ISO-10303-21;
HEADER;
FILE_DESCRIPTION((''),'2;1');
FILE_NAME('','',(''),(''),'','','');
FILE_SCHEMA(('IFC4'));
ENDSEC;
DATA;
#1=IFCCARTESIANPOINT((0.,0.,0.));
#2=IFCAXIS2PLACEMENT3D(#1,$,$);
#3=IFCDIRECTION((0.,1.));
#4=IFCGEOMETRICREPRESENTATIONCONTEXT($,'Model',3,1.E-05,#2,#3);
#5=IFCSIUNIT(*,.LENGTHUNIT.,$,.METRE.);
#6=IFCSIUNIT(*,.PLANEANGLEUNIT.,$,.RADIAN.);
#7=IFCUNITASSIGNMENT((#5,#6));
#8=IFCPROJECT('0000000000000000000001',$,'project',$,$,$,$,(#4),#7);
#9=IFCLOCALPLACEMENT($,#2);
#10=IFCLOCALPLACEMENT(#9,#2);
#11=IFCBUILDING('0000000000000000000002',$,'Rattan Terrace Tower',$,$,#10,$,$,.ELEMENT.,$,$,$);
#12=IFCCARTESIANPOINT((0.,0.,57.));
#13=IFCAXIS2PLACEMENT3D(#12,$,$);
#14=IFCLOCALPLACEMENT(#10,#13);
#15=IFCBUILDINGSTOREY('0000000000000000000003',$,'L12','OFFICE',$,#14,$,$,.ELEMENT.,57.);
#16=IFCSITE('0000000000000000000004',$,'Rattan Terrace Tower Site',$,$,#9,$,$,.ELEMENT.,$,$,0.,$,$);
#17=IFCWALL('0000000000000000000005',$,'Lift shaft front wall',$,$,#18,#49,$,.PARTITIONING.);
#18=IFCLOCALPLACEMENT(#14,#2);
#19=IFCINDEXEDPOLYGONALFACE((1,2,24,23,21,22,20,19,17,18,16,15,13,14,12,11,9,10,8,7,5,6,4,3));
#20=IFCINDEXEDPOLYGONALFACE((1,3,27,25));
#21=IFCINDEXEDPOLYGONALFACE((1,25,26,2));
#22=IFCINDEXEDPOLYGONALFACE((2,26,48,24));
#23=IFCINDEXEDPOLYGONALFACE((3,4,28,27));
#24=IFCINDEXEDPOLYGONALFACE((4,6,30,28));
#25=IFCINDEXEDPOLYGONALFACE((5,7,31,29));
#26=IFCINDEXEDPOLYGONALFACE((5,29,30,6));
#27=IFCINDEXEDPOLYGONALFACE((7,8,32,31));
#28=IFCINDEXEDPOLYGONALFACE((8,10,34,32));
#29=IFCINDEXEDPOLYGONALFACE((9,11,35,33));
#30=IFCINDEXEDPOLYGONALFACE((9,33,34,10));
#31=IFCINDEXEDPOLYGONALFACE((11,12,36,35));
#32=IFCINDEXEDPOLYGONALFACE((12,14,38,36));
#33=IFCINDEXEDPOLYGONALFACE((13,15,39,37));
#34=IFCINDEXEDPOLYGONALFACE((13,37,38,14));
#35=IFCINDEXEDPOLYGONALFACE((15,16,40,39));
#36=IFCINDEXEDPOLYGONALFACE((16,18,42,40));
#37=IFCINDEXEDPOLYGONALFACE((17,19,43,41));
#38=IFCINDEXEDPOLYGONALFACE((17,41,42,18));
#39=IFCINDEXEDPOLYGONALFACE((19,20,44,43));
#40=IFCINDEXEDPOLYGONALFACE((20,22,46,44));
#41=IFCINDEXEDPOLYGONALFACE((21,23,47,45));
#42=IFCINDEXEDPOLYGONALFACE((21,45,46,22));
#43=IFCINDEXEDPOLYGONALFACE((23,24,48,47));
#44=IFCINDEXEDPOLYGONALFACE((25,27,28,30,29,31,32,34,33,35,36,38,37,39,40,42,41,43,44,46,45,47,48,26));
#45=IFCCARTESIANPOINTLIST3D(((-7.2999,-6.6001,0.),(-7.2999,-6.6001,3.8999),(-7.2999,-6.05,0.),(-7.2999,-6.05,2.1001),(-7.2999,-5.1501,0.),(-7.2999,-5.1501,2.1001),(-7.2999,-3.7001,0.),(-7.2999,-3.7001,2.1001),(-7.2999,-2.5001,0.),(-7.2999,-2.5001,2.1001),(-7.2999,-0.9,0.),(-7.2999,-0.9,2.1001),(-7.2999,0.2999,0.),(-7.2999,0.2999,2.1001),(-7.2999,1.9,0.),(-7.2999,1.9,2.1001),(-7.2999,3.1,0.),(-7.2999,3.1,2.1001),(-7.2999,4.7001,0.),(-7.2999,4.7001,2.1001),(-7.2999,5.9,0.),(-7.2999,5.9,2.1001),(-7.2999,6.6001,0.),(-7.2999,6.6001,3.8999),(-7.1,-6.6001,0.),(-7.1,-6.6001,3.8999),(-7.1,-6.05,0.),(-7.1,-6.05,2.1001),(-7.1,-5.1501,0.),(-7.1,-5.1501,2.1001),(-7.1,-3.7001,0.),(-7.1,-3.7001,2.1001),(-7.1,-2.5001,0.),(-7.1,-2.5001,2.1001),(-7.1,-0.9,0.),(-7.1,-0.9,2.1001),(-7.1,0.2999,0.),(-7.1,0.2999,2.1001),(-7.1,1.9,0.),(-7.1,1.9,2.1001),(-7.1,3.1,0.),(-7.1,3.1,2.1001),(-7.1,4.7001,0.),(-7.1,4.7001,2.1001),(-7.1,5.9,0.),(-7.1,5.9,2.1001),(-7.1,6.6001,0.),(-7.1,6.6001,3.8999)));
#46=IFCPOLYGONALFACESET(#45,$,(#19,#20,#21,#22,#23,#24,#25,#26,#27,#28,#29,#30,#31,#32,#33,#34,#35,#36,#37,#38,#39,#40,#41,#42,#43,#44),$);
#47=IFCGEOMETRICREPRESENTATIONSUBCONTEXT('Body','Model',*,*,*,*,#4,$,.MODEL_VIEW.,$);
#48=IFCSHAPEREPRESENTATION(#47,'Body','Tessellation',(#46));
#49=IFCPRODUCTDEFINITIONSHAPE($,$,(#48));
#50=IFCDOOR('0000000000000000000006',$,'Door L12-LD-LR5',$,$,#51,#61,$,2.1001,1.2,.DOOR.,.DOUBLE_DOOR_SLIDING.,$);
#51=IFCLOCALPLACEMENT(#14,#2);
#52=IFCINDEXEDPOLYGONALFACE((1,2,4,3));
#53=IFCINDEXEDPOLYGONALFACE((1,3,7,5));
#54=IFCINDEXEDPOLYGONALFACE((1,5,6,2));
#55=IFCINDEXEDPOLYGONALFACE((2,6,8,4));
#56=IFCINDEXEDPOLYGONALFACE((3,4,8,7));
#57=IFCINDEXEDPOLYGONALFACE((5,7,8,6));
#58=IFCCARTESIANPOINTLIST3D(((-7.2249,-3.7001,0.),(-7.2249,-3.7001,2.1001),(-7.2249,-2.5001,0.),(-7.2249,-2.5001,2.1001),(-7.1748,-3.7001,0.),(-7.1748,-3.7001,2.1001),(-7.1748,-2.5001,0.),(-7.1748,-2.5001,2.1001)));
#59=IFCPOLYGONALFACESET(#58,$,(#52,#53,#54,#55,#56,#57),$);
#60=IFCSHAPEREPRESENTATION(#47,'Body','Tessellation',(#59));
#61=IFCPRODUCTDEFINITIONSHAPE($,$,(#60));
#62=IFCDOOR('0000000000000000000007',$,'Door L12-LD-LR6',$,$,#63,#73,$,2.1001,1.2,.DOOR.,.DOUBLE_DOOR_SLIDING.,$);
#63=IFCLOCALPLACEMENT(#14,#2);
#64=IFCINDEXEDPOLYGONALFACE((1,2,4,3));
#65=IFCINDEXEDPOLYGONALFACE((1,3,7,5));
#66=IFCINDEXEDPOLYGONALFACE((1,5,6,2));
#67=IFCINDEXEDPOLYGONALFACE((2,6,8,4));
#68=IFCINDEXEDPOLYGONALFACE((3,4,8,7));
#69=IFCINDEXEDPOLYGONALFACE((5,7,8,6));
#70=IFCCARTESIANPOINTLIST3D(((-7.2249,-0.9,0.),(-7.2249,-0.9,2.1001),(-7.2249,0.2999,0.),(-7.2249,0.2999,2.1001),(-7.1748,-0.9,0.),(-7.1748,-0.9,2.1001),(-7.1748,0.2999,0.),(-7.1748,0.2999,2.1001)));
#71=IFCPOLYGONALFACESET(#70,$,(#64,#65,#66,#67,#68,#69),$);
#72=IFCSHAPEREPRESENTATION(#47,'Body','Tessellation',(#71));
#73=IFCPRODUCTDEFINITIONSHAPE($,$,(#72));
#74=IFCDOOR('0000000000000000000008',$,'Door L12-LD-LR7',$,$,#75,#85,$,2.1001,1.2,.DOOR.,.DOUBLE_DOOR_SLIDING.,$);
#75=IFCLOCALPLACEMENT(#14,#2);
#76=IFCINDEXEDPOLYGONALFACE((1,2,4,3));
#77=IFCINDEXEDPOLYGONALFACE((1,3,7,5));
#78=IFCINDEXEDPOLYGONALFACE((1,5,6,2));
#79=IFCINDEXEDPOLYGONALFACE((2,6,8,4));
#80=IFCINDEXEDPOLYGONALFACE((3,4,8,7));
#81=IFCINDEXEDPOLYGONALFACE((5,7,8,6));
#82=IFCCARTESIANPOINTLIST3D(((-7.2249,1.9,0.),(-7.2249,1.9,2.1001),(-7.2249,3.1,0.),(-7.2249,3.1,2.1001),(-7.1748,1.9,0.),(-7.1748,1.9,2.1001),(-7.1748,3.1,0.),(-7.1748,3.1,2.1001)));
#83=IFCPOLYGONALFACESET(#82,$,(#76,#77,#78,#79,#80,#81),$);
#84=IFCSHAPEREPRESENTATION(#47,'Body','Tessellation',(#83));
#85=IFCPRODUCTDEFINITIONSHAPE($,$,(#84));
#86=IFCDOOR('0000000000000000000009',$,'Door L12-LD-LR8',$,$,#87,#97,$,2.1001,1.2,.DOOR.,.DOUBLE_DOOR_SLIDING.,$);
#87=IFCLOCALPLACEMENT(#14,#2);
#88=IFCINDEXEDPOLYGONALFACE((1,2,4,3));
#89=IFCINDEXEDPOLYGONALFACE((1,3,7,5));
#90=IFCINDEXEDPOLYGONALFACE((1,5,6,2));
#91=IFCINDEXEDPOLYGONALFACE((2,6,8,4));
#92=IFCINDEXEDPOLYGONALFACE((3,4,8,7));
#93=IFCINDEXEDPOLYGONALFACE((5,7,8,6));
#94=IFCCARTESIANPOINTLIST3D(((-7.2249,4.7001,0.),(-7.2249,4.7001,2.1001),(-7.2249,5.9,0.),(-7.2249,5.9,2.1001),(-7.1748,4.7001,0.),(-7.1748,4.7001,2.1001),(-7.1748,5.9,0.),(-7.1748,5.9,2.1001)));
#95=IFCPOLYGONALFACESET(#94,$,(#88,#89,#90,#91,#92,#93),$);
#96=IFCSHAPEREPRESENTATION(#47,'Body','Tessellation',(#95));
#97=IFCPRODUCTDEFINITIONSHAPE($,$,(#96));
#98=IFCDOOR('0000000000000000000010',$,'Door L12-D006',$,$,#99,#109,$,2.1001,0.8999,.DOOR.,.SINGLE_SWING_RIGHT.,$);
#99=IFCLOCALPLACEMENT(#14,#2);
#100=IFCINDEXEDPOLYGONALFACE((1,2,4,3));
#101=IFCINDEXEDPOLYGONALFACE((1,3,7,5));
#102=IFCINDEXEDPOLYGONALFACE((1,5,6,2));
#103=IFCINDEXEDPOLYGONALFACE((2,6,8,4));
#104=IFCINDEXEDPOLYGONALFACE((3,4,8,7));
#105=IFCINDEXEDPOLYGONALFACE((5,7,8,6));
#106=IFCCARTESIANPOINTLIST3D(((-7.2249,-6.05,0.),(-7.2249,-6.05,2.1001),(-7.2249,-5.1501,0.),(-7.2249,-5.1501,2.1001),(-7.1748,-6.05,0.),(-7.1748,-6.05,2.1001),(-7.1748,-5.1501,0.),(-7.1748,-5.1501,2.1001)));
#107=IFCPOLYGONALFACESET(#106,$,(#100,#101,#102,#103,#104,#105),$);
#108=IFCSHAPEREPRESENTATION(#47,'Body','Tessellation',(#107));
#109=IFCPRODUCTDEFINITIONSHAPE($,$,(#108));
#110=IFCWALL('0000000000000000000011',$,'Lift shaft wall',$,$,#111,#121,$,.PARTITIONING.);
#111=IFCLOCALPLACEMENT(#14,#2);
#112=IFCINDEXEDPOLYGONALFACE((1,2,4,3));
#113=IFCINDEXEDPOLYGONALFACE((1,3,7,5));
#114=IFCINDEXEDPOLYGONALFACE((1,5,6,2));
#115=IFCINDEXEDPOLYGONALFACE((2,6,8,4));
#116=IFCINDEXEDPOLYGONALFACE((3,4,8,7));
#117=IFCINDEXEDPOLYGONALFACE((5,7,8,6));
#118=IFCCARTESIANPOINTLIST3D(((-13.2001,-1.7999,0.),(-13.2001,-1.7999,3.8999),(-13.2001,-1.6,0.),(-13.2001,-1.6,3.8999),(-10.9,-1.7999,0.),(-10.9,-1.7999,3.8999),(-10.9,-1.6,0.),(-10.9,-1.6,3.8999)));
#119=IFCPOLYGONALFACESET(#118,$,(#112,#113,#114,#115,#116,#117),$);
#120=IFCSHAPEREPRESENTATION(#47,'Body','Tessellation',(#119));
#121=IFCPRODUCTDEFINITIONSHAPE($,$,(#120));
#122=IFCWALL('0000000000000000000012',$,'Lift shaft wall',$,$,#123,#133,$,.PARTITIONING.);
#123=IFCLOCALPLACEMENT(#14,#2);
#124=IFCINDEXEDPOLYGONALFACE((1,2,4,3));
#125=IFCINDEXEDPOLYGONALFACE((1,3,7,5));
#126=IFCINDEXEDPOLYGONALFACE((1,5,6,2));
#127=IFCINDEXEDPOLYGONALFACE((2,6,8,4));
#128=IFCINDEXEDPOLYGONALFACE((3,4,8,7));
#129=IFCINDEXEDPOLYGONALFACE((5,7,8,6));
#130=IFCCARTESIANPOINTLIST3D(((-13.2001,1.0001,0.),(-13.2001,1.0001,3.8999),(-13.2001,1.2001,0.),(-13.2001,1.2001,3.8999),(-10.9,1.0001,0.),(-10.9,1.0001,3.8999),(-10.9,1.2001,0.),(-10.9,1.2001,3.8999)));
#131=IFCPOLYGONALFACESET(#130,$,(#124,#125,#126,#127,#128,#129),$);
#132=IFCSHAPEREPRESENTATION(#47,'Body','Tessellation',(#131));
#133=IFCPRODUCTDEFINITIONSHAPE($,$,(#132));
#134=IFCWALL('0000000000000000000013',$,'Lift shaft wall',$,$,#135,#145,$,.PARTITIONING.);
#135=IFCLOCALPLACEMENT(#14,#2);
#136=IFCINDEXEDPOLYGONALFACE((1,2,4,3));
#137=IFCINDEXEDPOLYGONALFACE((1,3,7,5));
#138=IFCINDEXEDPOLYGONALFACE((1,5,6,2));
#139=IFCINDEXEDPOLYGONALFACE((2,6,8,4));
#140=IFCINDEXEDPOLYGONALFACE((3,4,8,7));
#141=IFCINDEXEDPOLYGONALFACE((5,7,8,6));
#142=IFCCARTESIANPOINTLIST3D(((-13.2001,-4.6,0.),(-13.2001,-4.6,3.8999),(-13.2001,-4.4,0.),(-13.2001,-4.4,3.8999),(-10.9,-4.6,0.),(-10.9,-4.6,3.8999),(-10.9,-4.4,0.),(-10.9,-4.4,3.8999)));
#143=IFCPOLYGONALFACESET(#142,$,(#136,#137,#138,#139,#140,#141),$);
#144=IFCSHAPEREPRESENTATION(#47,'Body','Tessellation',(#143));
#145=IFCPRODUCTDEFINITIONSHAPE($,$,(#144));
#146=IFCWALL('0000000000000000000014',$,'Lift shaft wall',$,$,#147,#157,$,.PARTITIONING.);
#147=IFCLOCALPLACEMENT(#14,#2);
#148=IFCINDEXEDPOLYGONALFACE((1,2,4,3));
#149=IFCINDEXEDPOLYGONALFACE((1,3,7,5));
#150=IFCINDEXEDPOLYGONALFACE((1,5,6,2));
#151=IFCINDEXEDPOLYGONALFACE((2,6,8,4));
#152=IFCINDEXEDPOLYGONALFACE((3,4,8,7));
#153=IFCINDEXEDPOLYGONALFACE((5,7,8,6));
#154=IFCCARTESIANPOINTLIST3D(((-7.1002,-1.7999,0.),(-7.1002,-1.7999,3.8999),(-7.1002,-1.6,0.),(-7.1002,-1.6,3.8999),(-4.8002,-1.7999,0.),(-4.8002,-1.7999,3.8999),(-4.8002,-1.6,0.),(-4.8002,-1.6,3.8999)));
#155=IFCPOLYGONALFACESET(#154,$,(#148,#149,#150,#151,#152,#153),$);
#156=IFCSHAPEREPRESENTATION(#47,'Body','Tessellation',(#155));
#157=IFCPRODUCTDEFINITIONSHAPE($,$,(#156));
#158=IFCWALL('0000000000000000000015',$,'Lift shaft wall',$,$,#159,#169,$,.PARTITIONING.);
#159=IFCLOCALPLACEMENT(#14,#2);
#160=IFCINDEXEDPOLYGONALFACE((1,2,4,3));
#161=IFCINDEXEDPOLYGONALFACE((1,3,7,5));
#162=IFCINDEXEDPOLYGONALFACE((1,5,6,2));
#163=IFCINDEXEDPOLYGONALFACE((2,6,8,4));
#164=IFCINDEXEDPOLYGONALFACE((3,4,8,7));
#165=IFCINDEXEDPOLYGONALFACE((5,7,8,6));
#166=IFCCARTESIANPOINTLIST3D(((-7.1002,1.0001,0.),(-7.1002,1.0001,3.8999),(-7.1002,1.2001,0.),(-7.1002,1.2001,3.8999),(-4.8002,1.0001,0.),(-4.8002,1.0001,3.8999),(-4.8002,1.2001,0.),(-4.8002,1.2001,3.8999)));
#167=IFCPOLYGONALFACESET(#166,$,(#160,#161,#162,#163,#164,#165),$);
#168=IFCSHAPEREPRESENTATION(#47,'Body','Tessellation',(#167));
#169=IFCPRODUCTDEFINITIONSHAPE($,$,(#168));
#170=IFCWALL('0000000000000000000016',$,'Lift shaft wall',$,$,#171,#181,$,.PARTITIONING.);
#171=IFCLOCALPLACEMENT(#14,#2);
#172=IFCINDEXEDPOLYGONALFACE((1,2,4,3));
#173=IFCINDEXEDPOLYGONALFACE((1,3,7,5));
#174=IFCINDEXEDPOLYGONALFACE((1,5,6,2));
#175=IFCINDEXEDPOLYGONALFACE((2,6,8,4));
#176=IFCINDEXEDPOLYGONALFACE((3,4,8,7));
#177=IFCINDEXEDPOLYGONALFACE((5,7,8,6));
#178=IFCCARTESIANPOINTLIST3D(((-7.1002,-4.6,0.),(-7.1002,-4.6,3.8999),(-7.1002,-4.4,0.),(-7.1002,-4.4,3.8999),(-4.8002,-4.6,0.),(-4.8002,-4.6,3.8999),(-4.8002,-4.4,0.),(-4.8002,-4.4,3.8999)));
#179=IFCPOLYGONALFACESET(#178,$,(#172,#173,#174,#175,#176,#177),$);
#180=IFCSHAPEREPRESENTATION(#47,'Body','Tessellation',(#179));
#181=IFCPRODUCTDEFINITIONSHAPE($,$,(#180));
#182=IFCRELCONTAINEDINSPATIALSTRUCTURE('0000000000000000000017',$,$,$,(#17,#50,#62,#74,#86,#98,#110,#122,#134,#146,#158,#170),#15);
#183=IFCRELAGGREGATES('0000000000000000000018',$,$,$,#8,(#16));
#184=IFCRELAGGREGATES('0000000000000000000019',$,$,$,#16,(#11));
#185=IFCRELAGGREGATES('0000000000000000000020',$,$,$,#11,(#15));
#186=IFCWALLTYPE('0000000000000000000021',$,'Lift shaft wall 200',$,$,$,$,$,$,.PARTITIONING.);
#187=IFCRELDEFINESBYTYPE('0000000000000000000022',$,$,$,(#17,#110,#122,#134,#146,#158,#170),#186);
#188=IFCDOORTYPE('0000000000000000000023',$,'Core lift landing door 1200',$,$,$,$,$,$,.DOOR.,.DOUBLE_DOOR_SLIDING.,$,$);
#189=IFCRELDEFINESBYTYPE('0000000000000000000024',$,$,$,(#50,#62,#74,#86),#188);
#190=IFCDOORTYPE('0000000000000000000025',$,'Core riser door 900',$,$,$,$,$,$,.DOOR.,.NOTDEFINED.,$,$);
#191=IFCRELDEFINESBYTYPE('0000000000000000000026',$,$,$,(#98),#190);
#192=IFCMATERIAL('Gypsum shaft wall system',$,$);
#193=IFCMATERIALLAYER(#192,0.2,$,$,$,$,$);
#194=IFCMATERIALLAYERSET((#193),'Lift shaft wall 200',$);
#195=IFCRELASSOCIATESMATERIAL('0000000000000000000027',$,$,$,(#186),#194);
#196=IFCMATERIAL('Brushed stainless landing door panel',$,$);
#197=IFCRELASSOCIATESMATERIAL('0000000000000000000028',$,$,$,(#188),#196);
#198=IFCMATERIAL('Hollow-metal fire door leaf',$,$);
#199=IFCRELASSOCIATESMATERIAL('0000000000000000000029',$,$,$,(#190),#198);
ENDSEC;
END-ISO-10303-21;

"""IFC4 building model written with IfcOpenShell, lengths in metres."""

from ifc_helpers import new_model, si_unit, direction, frame, frame_2d, origin, place, context, subcontext, project, spatial, rectangle, extrude, material, layer, layer_set, type_object, element, fill, save


model = new_model("IFC4")

# Units and contexts
model_context = context("Model", 3, precision=1e-05, world=origin(), true_north=direction((0.0, 1.0)))
body_context = subcontext(model_context, "Body", "Model", "MODEL_VIEW")
ifc_project = project(units=[si_unit("LENGTHUNIT", "METRE"), si_unit("PLANEANGLEUNIT", "RADIAN")], contexts=[model_context])

# Site, building, storey
site_placement = place(None, origin())
site = spatial("IfcSite", under=ifc_project, at=site_placement, Name="Rattan Terrace Tower Site", CompositionType="ELEMENT", RefElevation=0.0)
building_placement = place(site_placement, origin())
building = spatial("IfcBuilding", under=site, at=building_placement, Name="Rattan Terrace Tower", CompositionType="ELEMENT")
storey_placement = place(building_placement, frame((0.0, 0.0, 57.0)))
storey = spatial("IfcBuildingStorey", under=building, at=storey_placement, Name="L12", Description="OFFICE", CompositionType="ELEMENT", Elevation=57.0)

# Wall, openings, doors
ifc_material_1 = material(Name="Gypsum shaft wall system")
ifc_layer = layer(ifc_material_1, 0.2)
ifc_layer_set = layer_set([ifc_layer], Name="Lift shaft wall 200")
wall_type = type_object("IfcWallType", Name="Lift shaft wall 200", PredefinedType="PARTITIONING", material=ifc_layer_set)
ifc_material_2 = material(Name="Brushed stainless landing door panel")
door_type_1 = type_object("IfcDoorType", Name="Core lift landing door 1200", OperationType="DOUBLE_DOOR_SLIDING", PredefinedType="DOOR", material=ifc_material_2)
ifc_material_3 = material(Name="Hollow-metal fire door leaf")
door_type_2 = type_object("IfcDoorType", Name="Core riser door 900", OperationType="NOTDEFINED", PredefinedType="DOOR", material=ifc_material_3)
wall_1_placement = place(storey_placement, frame((-7.2, -6.6001, 0.0), z_axis=(0.0, 0.0, 1.0), x_axis=(0.0, 1.0, 0.0)))
wall_1 = element("IfcWall", 1, at=wall_1_placement, inside=storey, type_object=wall_type, Name="Lift shaft front wall", PredefinedType="PARTITIONING", context=body_context, shape_type="SweptSolid", body=[
    extrude(rectangle(XDim=13.2002, YDim=0.2, at=frame_2d((6.6001, 0.0))), origin(), (0.0, 0.0, 1.0), 3.8999),
])
opening_1_placement = place(wall_1_placement, frame((0.55, 0.0, 0.0)))
opening_1 = element("IfcOpeningElement", 2, at=opening_1_placement, cuts=wall_1, PredefinedType="OPENING", context=body_context, shape_type="SweptSolid", body=[
    extrude(rectangle(XDim=0.8999, YDim=2.1001, at=frame_2d((0.45, 1.05))), frame((0.0, 0.1106, 0.0), z_axis=(0.0, -1.0, 0.0), x_axis=(1.0, 0.0, 0.0)), (0.0, 0.0, 1.0), 0.2209),
])
opening_2_placement = place(wall_1_placement, frame((2.8999, 0.0, 0.0)))
opening_2 = element("IfcOpeningElement", 3, at=opening_2_placement, cuts=wall_1, PredefinedType="OPENING", context=body_context, shape_type="SweptSolid", body=[
    extrude(rectangle(XDim=1.2, YDim=2.1001, at=frame_2d((0.6001, 1.05))), frame((0.0, 0.1106, 0.0), z_axis=(0.0, -1.0, 0.0), x_axis=(1.0, 0.0, 0.0)), (0.0, 0.0, 1.0), 0.2209),
])
opening_3_placement = place(wall_1_placement, frame((5.7, 0.0, 0.0)))
opening_3 = element("IfcOpeningElement", 4, at=opening_3_placement, cuts=wall_1, PredefinedType="OPENING", context=body_context, shape_type="SweptSolid", body=[
    extrude(rectangle(XDim=1.2, YDim=2.1001, at=frame_2d((0.6001, 1.05))), frame((0.0, 0.1106, 0.0), z_axis=(0.0, -1.0, 0.0), x_axis=(1.0, 0.0, 0.0)), (0.0, 0.0, 1.0), 0.2209),
])
opening_4_placement = place(wall_1_placement, frame((8.5, 0.0, 0.0)))
opening_4 = element("IfcOpeningElement", 5, at=opening_4_placement, cuts=wall_1, PredefinedType="OPENING", context=body_context, shape_type="SweptSolid", body=[
    extrude(rectangle(XDim=1.2, YDim=2.1001, at=frame_2d((0.6001, 1.05))), frame((0.0, 0.1106, 0.0), z_axis=(0.0, -1.0, 0.0), x_axis=(1.0, 0.0, 0.0)), (0.0, 0.0, 1.0), 0.2209),
])
opening_5_placement = place(wall_1_placement, frame((11.3, 0.0, 0.0)))
opening_5 = element("IfcOpeningElement", 6, at=opening_5_placement, cuts=wall_1, PredefinedType="OPENING", context=body_context, shape_type="SweptSolid", body=[
    extrude(rectangle(XDim=1.2, YDim=2.1001, at=frame_2d((0.6001, 1.05))), frame((0.0, 0.1106, 0.0), z_axis=(0.0, -1.0, 0.0), x_axis=(1.0, 0.0, 0.0)), (0.0, 0.0, 1.0), 0.2209),
])
door_1_placement = place(opening_2_placement, origin())
door_1 = element("IfcDoor", 7, at=door_1_placement, inside=storey, type_object=door_type_1, Name="Door L12-LD-LR5", OperationType="DOUBLE_DOOR_SLIDING", OverallHeight=2.1001, OverallWidth=1.2, PredefinedType="DOOR", context=body_context, shape_type="SweptSolid", body=[
    extrude(rectangle(XDim=1.2, YDim=2.1001, at=frame_2d((0.6001, 1.05))), frame((0.0, 0.0249, 0.0), z_axis=(0.0, -1.0, 0.0), x_axis=(1.0, 0.0, 0.0)), (0.0, 0.0, 1.0), 0.05),
])
fill(opening_2, door_1)
door_2_placement = place(opening_3_placement, origin())
door_2 = element("IfcDoor", 8, at=door_2_placement, inside=storey, type_object=door_type_1, Name="Door L12-LD-LR6", OperationType="DOUBLE_DOOR_SLIDING", OverallHeight=2.1001, OverallWidth=1.2, PredefinedType="DOOR", context=body_context, shape_type="SweptSolid", body=[
    extrude(rectangle(XDim=1.2, YDim=2.1001, at=frame_2d((0.6001, 1.05))), frame((0.0, 0.0249, 0.0), z_axis=(0.0, -1.0, 0.0), x_axis=(1.0, 0.0, 0.0)), (0.0, 0.0, 1.0), 0.05),
])
fill(opening_3, door_2)
door_3_placement = place(opening_4_placement, origin())
door_3 = element("IfcDoor", 9, at=door_3_placement, inside=storey, type_object=door_type_1, Name="Door L12-LD-LR7", OperationType="DOUBLE_DOOR_SLIDING", OverallHeight=2.1001, OverallWidth=1.2, PredefinedType="DOOR", context=body_context, shape_type="SweptSolid", body=[
    extrude(rectangle(XDim=1.2, YDim=2.1001, at=frame_2d((0.6001, 1.05))), frame((0.0, 0.0249, 0.0), z_axis=(0.0, -1.0, 0.0), x_axis=(1.0, 0.0, 0.0)), (0.0, 0.0, 1.0), 0.05),
])
fill(opening_4, door_3)
door_4_placement = place(opening_5_placement, origin())
door_4 = element("IfcDoor", 10, at=door_4_placement, inside=storey, type_object=door_type_1, Name="Door L12-LD-LR8", OperationType="DOUBLE_DOOR_SLIDING", OverallHeight=2.1001, OverallWidth=1.2, PredefinedType="DOOR", context=body_context, shape_type="SweptSolid", body=[
    extrude(rectangle(XDim=1.2, YDim=2.1001, at=frame_2d((0.6001, 1.05))), frame((0.0, 0.0249, 0.0), z_axis=(0.0, -1.0, 0.0), x_axis=(1.0, 0.0, 0.0)), (0.0, 0.0, 1.0), 0.05),
])
fill(opening_5, door_4)
door_5_placement = place(opening_1_placement, origin())
door_5 = element("IfcDoor", 11, at=door_5_placement, inside=storey, type_object=door_type_2, Name="Door L12-D006", OperationType="SINGLE_SWING_RIGHT", OverallHeight=2.1001, OverallWidth=0.8999, PredefinedType="DOOR", context=body_context, shape_type="SweptSolid", body=[
    extrude(rectangle(XDim=0.8999, YDim=2.1001, at=frame_2d((0.45, 1.05))), frame((0.0, 0.0249, 0.0), z_axis=(0.0, -1.0, 0.0), x_axis=(1.0, 0.0, 0.0)), (0.0, 0.0, 1.0), 0.05),
])
fill(opening_1, door_5)

# Walls
for number, where, z_axis, x_axis, name in (
    (12, (-13.2, -1.7, 0.0), (0.0, 0.0, 1.0), (1.0, 0.0, 0.0), "Lift shaft wall"),
    (13, (-13.2, 1.1001, 0.0), (0.0, 0.0, 1.0), (1.0, 0.0, 0.0), "Lift shaft wall"),
    (14, (-13.2, -4.5, 0.0), (0.0, 0.0, 1.0), (1.0, 0.0, 0.0), "Lift shaft wall"),
    (15, (-7.1001, -1.7, 0.0), (0.0, 0.0, 1.0), (1.0, 0.0, 0.0), "Lift shaft wall"),
    (16, (-7.1001, 1.1001, 0.0), (0.0, 0.0, 1.0), (1.0, 0.0, 0.0), "Lift shaft wall"),
    (17, (-7.1001, -4.5, 0.0), (0.0, 0.0, 1.0), (1.0, 0.0, 0.0), "Lift shaft wall"),
):
    element("IfcWall", number, at=place(storey_placement, frame(where, z_axis=z_axis, x_axis=x_axis)), inside=storey, type_object=wall_type, Name=name, PredefinedType="PARTITIONING", context=body_context, shape_type="SweptSolid", body=[
        extrude(rectangle(XDim=2.3, YDim=0.2, at=frame_2d((1.1499, 0.0))), origin(), (0.0, 0.0, 1.0), 3.8999),
    ])

save(model, "model.ifc")
